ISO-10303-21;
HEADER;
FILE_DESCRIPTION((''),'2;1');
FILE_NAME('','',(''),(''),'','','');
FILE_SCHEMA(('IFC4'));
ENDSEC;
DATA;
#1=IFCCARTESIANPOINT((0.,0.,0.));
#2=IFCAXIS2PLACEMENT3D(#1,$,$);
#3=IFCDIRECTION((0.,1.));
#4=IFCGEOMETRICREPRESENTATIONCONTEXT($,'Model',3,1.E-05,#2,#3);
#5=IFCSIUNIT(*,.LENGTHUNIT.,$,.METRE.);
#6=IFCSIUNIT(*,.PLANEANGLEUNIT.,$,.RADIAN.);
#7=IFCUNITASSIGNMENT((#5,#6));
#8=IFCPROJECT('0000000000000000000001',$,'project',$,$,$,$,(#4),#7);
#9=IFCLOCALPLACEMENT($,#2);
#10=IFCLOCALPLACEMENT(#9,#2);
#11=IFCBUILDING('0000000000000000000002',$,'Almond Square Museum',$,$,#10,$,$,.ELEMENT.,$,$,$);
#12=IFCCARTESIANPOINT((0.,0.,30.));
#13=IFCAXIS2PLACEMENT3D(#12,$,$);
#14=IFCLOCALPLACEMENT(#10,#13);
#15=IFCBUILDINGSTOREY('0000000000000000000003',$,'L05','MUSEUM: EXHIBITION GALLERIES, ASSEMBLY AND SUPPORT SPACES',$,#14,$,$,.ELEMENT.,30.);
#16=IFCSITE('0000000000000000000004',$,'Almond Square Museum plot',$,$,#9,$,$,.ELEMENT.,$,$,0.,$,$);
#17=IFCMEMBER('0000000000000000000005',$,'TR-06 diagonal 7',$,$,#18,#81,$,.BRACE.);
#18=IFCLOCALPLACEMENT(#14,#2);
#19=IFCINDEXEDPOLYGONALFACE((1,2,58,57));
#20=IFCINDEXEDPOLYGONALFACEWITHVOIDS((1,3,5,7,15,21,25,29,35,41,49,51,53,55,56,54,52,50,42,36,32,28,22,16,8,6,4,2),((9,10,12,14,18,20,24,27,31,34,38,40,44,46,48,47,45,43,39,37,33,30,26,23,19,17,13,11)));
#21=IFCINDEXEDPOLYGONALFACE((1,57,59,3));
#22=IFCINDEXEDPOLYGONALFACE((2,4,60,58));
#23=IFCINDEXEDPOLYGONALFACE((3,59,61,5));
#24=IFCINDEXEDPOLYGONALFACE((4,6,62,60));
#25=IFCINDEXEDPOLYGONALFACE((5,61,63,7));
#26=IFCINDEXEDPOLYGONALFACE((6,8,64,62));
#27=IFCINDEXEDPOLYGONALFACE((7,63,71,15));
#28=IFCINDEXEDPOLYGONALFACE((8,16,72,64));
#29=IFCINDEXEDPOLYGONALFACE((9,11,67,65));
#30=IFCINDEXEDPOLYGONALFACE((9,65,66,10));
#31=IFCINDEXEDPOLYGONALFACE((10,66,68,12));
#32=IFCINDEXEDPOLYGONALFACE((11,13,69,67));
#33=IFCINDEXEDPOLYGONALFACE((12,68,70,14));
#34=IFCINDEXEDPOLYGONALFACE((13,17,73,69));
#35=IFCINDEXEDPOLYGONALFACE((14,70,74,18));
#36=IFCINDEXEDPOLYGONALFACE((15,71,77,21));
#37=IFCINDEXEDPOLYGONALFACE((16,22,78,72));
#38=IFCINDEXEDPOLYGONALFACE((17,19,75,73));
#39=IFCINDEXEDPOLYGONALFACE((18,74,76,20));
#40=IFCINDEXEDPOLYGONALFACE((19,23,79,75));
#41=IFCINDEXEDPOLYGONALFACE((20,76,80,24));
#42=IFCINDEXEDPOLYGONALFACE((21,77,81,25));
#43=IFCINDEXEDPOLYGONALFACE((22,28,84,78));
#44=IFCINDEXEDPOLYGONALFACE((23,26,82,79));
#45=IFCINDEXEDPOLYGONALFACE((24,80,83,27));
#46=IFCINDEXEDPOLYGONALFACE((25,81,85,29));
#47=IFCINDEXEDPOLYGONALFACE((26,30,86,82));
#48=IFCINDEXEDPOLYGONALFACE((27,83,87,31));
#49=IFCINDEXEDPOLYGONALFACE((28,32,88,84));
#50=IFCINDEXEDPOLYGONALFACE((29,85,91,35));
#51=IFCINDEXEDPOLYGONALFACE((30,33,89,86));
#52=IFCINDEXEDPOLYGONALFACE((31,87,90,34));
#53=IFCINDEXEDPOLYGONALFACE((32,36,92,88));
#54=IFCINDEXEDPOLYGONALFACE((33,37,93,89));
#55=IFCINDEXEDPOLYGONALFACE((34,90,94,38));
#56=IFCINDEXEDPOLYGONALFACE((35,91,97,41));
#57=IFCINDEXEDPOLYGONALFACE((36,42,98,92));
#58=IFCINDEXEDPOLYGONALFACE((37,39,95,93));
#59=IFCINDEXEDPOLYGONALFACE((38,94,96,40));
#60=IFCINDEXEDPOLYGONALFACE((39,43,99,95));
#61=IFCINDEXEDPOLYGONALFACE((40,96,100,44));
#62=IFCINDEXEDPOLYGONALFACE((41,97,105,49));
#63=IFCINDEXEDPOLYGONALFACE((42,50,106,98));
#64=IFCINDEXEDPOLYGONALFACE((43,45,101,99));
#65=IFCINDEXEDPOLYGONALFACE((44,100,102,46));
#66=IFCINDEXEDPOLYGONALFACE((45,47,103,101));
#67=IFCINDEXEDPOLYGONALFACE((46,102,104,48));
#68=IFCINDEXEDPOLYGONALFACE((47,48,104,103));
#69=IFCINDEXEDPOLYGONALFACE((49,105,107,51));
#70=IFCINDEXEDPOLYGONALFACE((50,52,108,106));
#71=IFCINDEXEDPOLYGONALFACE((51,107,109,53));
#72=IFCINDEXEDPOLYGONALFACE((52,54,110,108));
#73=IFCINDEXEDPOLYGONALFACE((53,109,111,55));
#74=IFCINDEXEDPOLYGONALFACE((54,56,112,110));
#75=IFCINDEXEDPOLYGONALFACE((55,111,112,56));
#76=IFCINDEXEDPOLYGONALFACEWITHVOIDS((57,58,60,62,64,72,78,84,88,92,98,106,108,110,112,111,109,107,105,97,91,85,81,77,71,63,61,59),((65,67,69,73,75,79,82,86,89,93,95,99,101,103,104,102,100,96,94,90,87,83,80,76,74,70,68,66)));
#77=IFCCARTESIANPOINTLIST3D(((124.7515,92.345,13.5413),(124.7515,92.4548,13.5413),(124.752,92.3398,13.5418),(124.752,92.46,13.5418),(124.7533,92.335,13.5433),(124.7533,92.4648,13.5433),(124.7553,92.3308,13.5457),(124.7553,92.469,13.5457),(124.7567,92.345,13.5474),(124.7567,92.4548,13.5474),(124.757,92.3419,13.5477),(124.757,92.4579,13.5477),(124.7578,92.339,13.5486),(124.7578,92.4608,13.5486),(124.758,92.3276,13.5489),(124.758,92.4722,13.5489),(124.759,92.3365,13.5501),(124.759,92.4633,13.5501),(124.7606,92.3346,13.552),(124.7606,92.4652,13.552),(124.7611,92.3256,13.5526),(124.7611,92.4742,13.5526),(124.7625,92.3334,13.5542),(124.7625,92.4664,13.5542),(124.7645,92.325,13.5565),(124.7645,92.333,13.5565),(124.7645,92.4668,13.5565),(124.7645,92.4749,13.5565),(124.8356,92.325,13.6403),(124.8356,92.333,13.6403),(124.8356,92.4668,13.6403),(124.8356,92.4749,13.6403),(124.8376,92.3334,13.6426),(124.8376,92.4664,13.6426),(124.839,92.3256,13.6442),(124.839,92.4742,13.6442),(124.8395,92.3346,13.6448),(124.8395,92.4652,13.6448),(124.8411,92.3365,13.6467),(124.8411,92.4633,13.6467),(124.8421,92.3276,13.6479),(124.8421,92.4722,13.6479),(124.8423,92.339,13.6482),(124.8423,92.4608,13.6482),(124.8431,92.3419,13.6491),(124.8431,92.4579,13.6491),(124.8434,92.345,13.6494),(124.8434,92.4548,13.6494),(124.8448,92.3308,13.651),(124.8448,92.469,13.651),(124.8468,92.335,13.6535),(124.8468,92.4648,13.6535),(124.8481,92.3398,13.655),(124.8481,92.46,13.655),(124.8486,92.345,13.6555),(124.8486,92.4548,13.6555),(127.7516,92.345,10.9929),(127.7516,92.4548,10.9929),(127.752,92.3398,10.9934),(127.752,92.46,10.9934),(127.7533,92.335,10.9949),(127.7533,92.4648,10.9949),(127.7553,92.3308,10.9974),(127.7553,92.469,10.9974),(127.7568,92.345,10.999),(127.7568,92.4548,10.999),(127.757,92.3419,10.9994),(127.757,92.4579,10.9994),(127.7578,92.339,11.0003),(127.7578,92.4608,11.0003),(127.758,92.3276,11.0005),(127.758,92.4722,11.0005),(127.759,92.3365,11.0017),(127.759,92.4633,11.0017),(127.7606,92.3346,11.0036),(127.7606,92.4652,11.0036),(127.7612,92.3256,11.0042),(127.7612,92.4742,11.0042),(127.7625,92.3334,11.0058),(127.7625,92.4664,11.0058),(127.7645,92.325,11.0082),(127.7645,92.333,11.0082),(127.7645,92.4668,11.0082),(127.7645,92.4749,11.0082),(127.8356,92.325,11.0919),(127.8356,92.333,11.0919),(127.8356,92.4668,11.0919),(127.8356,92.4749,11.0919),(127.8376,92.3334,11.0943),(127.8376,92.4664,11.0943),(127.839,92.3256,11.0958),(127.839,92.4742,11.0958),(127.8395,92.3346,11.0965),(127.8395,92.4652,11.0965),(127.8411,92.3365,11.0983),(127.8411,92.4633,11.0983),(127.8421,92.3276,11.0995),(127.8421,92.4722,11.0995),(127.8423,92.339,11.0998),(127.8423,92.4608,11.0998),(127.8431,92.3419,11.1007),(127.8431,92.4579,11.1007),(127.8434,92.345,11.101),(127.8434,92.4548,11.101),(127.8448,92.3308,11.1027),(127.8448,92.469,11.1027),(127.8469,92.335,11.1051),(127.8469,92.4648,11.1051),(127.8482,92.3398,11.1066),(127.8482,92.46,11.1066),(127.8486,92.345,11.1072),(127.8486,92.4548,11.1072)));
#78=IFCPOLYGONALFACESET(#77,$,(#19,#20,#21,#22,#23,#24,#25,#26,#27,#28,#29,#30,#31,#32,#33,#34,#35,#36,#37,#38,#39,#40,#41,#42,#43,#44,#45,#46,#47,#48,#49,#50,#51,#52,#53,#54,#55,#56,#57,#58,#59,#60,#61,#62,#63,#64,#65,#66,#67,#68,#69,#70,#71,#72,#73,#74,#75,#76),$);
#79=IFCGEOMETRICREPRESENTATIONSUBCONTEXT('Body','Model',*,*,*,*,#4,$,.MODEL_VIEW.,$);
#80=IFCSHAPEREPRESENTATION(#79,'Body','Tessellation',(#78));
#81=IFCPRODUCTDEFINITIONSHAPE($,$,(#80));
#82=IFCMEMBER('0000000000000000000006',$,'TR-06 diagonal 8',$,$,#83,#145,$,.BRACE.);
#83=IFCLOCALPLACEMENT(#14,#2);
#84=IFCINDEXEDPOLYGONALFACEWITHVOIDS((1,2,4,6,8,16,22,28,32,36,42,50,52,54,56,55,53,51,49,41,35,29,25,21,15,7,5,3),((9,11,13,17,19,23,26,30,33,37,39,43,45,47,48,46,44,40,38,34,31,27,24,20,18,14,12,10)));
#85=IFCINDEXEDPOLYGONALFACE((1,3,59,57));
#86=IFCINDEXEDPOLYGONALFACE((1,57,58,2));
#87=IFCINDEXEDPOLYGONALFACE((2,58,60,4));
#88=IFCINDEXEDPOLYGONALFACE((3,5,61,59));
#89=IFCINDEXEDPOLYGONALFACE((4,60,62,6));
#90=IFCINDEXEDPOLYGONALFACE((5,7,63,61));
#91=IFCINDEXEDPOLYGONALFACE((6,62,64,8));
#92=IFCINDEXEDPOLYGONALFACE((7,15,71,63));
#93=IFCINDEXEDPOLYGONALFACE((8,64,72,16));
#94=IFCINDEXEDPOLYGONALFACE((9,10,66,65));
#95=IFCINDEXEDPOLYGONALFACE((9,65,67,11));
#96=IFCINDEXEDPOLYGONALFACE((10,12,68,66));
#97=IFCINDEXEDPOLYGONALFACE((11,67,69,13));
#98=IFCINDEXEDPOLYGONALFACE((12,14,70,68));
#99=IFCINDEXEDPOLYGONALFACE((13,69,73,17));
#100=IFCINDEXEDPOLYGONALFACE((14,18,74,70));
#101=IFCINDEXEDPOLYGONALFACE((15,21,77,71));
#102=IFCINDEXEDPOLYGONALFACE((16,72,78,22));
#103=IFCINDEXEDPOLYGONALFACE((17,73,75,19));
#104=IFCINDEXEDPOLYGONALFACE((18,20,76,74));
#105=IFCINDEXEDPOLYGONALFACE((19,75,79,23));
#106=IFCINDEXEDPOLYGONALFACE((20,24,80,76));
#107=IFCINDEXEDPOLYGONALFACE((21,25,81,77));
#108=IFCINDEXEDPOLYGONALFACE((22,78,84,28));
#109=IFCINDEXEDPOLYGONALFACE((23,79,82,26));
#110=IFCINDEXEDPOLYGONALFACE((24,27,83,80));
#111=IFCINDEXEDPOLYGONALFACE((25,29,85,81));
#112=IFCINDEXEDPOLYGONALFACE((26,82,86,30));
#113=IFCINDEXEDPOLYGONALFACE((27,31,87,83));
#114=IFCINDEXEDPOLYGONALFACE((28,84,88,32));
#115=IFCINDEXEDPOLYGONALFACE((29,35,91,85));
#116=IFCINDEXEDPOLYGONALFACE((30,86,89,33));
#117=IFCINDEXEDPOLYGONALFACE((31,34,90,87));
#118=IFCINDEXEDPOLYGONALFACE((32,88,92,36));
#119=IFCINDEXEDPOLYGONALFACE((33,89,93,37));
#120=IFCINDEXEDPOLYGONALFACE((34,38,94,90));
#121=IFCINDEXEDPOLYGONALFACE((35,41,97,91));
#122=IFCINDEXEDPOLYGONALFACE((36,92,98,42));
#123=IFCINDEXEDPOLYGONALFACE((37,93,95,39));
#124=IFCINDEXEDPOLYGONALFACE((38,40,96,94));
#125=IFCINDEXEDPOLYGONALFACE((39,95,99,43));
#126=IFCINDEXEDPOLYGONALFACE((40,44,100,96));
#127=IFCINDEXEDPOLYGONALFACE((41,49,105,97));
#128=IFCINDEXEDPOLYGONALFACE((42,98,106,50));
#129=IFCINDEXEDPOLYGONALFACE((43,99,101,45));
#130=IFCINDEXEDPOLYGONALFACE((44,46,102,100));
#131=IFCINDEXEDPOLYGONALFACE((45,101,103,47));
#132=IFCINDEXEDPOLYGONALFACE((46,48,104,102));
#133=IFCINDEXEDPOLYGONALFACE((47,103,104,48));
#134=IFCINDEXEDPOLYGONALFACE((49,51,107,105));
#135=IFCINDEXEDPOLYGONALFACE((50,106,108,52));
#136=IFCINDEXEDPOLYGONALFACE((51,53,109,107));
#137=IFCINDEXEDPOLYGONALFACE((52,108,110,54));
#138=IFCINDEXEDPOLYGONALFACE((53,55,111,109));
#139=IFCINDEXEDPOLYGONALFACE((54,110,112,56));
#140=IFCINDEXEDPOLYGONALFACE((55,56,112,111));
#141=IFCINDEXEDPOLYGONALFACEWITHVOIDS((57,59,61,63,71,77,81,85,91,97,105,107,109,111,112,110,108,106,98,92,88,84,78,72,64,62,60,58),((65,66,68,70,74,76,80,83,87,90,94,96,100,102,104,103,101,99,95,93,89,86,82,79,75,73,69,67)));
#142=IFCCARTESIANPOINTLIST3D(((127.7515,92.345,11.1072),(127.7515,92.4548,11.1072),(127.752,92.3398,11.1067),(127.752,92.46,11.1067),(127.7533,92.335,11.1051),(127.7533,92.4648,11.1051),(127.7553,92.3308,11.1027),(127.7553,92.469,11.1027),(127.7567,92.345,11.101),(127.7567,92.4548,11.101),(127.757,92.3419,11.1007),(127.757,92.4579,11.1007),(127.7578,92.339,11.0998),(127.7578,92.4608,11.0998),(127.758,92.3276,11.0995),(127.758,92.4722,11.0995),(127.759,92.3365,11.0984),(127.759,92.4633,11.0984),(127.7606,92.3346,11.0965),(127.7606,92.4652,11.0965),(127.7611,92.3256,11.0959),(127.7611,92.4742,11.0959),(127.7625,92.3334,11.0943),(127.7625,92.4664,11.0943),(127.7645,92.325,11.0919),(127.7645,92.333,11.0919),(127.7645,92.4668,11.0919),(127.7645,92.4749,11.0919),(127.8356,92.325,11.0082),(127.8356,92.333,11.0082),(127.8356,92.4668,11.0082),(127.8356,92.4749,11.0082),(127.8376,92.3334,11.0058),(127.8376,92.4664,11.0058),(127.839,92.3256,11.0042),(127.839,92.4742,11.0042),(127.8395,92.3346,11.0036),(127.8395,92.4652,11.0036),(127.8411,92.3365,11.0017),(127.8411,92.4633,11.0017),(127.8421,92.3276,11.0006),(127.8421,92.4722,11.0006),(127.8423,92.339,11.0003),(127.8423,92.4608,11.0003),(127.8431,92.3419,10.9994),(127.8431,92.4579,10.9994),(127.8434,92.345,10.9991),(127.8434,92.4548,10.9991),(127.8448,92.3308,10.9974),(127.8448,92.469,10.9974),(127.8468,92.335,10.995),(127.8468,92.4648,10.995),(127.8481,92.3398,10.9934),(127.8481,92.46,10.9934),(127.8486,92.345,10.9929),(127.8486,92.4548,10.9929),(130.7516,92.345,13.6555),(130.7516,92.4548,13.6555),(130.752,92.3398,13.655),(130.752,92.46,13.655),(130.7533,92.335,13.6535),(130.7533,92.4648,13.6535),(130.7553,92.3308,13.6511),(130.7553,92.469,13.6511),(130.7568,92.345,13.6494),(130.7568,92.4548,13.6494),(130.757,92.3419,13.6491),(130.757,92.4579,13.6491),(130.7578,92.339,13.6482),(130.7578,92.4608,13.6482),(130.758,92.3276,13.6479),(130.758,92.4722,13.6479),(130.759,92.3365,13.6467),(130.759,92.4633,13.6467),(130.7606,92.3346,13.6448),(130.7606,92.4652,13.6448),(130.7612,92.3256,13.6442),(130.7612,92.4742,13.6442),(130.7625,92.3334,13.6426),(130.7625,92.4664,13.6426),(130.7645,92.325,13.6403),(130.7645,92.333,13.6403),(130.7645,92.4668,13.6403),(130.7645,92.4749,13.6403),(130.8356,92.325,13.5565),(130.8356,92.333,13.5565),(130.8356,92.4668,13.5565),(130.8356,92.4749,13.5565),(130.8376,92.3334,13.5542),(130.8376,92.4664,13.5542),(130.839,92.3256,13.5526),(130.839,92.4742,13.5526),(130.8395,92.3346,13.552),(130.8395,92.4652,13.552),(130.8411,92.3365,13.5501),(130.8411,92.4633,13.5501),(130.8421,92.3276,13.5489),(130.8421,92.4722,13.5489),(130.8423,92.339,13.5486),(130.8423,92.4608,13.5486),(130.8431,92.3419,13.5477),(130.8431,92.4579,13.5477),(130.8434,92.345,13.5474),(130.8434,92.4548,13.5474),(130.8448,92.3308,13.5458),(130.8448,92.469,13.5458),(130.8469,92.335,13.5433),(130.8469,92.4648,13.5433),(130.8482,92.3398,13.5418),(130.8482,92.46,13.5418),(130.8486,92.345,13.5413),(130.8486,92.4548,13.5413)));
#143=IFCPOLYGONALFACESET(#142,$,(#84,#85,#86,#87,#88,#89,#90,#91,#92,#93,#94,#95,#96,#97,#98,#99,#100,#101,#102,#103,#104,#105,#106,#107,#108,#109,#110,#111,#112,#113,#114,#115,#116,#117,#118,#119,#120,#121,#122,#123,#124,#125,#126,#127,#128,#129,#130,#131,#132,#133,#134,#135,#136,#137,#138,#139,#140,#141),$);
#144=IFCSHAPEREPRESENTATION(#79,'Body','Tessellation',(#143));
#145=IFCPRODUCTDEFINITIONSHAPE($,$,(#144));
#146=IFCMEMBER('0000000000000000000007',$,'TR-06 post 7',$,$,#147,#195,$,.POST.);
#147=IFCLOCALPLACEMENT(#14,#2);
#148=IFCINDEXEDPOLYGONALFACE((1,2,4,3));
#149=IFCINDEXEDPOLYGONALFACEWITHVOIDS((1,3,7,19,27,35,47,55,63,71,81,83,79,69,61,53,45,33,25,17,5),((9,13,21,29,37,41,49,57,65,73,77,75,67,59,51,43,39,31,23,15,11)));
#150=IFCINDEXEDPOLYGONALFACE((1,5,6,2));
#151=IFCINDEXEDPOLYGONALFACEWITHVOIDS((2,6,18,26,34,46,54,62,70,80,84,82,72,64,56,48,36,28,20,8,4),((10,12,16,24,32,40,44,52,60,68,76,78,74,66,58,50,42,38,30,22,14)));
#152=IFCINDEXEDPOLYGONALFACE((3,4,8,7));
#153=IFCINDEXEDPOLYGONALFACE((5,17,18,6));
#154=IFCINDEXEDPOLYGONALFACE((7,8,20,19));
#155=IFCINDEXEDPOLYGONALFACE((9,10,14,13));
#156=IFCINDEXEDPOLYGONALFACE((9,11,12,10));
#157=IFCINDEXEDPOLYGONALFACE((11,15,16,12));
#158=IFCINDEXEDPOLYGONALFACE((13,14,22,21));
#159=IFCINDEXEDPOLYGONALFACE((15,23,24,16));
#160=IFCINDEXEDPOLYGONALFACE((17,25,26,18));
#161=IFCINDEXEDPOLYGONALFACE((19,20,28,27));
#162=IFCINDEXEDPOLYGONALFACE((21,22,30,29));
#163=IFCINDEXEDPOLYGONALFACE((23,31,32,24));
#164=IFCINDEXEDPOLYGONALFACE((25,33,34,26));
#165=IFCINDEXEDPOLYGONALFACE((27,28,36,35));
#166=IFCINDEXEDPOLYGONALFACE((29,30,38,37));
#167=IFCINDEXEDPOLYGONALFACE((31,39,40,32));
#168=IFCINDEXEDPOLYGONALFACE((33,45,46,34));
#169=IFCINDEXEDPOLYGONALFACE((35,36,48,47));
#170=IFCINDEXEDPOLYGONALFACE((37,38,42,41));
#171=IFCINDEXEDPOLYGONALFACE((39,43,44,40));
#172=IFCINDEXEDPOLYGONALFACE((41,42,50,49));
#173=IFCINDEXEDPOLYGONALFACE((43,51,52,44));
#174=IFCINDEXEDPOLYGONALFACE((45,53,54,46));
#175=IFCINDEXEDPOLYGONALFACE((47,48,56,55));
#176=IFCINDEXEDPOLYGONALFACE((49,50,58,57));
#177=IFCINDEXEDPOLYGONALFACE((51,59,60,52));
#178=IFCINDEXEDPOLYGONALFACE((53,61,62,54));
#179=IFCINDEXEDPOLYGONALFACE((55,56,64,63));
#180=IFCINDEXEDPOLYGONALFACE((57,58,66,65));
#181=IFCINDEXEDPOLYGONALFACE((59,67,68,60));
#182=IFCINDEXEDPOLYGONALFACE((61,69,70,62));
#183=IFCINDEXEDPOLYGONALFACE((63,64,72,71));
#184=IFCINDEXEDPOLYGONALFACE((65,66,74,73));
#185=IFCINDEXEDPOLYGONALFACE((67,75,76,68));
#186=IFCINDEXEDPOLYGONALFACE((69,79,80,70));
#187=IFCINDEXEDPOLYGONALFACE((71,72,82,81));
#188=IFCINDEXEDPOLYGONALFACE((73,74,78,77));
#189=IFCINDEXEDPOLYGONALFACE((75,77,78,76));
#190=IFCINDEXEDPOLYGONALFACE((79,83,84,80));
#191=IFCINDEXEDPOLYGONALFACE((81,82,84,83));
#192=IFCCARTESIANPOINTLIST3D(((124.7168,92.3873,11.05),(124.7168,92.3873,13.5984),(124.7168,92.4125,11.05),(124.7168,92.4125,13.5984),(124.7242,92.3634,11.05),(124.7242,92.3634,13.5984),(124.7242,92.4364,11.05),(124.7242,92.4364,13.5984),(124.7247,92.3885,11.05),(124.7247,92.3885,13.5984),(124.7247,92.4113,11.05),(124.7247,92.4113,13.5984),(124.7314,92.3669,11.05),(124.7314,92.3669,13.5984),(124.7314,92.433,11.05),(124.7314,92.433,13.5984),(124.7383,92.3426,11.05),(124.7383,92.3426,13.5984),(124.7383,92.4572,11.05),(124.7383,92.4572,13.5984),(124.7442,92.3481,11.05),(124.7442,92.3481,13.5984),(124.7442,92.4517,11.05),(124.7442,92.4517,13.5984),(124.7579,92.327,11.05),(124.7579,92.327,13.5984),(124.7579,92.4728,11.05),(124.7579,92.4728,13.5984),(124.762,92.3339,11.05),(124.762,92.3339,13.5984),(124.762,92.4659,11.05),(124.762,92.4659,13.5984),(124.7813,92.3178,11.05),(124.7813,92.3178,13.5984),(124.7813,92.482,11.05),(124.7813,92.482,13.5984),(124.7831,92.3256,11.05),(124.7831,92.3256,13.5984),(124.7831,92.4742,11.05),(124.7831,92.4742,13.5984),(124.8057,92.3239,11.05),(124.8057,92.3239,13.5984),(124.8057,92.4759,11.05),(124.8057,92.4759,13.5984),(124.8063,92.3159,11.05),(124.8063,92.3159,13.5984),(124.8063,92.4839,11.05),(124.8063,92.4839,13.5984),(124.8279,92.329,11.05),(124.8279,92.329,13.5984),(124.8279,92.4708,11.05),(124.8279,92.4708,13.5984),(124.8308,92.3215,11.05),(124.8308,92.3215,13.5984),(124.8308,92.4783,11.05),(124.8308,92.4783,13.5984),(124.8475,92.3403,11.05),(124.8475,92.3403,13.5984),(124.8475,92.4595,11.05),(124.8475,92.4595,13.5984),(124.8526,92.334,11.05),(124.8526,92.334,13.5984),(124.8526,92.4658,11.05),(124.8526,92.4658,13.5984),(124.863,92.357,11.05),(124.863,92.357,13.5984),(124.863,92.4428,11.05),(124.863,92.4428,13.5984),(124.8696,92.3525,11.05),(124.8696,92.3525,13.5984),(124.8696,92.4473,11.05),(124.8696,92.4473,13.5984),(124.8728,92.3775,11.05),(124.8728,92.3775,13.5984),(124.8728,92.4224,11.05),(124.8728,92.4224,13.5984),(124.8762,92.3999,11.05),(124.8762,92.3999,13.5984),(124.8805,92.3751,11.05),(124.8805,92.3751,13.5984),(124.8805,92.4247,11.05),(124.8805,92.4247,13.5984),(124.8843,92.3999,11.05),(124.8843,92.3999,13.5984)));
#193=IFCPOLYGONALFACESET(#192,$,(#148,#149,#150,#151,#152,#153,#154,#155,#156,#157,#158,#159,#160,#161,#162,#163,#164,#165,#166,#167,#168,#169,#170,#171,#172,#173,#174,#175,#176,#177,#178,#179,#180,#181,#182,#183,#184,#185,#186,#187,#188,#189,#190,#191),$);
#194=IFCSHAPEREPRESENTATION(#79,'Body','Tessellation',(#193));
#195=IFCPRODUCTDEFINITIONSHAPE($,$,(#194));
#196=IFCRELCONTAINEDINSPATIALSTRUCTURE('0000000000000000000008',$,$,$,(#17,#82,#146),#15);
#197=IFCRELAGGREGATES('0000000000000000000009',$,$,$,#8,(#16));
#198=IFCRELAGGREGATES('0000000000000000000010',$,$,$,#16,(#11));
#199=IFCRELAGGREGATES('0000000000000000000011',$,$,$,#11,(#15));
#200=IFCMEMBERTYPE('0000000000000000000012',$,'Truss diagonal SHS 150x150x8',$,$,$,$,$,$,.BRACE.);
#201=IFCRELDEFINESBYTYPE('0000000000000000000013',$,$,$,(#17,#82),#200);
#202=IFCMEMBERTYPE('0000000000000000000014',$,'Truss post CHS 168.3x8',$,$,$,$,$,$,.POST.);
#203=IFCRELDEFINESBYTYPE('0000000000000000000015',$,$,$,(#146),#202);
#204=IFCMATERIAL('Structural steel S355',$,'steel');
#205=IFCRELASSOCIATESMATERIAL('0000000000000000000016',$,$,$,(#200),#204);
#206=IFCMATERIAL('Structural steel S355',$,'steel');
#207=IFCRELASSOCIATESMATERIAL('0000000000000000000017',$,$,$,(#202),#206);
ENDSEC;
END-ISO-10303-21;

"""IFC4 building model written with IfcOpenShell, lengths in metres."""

from ifc_helpers import new_model, si_unit, direction, frame, origin, origin_2d, place, context, subcontext, project, spatial, hollow_rectangle, hollow_circle, extrude, material, material_profile, profile_set, type_object, element, save


model = new_model("IFC4")

# Units and contexts
model_context = context("Model", 3, precision=1e-05, world=origin(), true_north=direction((0.0, 1.0)))
body_context = subcontext(model_context, "Body", "Model", "MODEL_VIEW")
ifc_project = project(units=[si_unit("LENGTHUNIT", "METRE"), si_unit("PLANEANGLEUNIT", "RADIAN")], contexts=[model_context])

# Site, building, storey
site_placement = place(None, origin())
site = spatial("IfcSite", under=ifc_project, at=site_placement, Name="Almond Square Museum plot", CompositionType="ELEMENT", RefElevation=0.0)
building_placement = place(site_placement, origin())
building = spatial("IfcBuilding", under=site, at=building_placement, Name="Almond Square Museum", CompositionType="ELEMENT")
storey_placement = place(building_placement, frame((0.0, 0.0, 30.0)))
storey = spatial("IfcBuildingStorey", under=building, at=storey_placement, Name="L05", Description="MUSEUM: EXHIBITION GALLERIES, ASSEMBLY AND SUPPORT SPACES", CompositionType="ELEMENT", Elevation=30.0)

# Members
ifc_material_1 = material(Name="Structural steel S355", Category="steel")
ifc_material_profile_1 = material_profile(ifc_material_1, hollow_rectangle(XDim=0.1499, YDim=0.1499, WallThickness=0.0081, InnerFilletRadius=0.012, OuterFilletRadius=0.02, at=origin_2d()))
ifc_profile_set_1 = profile_set([ifc_material_profile_1], Name="Structural steel S355")
member_type_1 = type_object("IfcMemberType", Name="Truss diagonal SHS 150x150x8", PredefinedType="BRACE", material=ifc_profile_set_1)
for number, where, z_axis, x_axis, name in (
    (1, (124.8, 92.3999, 13.5984), (0.762147, 0.0, -0.647404), (0.0, 1.0, 0.0), "TR-06 diagonal 7"),
    (2, (127.8, 92.3999, 11.05), (0.762147, 0.0, 0.647404), (0.0, 1.0, 0.0), "TR-06 diagonal 8"),
):
    element("IfcMember", number, at=place(storey_placement, frame(where, z_axis=z_axis, x_axis=x_axis)), inside=storey, type_object=member_type_1, Name=name, PredefinedType="BRACE", context=body_context, shape_type="SweptSolid", body=[
        extrude(hollow_rectangle(XDim=0.1499, YDim=0.1499, WallThickness=0.0081, InnerFilletRadius=0.012, OuterFilletRadius=0.02, at=origin_2d()), origin(), (0.0, 0.0, 1.0), 3.9363),
    ])
ifc_material_2 = material(Name="Structural steel S355", Category="steel")
ifc_material_profile_2 = material_profile(ifc_material_2, hollow_circle(Radius=0.0842, WallThickness=0.0081, at=origin_2d()))
ifc_profile_set_2 = profile_set([ifc_material_profile_2], Name="Structural steel S355")
member_type_2 = type_object("IfcMemberType", Name="Truss post CHS 168.3x8", PredefinedType="POST", material=ifc_profile_set_2)
for number, where, z_axis, x_axis, name in (
    (3, (124.8, 92.3999, 11.05), (0.0, 0.0, 1.0), (1.0, 0.0, 0.0), "TR-06 post 7"),
):
    element("IfcMember", number, at=place(storey_placement, frame(where, z_axis=z_axis, x_axis=x_axis)), inside=storey, type_object=member_type_2, Name=name, PredefinedType="POST", context=body_context, shape_type="SweptSolid", body=[
        extrude(hollow_circle(Radius=0.0842, WallThickness=0.0081, at=origin_2d()), origin(), (0.0, 0.0, 1.0), 2.5483),
    ])

save(model, "model.ifc")
